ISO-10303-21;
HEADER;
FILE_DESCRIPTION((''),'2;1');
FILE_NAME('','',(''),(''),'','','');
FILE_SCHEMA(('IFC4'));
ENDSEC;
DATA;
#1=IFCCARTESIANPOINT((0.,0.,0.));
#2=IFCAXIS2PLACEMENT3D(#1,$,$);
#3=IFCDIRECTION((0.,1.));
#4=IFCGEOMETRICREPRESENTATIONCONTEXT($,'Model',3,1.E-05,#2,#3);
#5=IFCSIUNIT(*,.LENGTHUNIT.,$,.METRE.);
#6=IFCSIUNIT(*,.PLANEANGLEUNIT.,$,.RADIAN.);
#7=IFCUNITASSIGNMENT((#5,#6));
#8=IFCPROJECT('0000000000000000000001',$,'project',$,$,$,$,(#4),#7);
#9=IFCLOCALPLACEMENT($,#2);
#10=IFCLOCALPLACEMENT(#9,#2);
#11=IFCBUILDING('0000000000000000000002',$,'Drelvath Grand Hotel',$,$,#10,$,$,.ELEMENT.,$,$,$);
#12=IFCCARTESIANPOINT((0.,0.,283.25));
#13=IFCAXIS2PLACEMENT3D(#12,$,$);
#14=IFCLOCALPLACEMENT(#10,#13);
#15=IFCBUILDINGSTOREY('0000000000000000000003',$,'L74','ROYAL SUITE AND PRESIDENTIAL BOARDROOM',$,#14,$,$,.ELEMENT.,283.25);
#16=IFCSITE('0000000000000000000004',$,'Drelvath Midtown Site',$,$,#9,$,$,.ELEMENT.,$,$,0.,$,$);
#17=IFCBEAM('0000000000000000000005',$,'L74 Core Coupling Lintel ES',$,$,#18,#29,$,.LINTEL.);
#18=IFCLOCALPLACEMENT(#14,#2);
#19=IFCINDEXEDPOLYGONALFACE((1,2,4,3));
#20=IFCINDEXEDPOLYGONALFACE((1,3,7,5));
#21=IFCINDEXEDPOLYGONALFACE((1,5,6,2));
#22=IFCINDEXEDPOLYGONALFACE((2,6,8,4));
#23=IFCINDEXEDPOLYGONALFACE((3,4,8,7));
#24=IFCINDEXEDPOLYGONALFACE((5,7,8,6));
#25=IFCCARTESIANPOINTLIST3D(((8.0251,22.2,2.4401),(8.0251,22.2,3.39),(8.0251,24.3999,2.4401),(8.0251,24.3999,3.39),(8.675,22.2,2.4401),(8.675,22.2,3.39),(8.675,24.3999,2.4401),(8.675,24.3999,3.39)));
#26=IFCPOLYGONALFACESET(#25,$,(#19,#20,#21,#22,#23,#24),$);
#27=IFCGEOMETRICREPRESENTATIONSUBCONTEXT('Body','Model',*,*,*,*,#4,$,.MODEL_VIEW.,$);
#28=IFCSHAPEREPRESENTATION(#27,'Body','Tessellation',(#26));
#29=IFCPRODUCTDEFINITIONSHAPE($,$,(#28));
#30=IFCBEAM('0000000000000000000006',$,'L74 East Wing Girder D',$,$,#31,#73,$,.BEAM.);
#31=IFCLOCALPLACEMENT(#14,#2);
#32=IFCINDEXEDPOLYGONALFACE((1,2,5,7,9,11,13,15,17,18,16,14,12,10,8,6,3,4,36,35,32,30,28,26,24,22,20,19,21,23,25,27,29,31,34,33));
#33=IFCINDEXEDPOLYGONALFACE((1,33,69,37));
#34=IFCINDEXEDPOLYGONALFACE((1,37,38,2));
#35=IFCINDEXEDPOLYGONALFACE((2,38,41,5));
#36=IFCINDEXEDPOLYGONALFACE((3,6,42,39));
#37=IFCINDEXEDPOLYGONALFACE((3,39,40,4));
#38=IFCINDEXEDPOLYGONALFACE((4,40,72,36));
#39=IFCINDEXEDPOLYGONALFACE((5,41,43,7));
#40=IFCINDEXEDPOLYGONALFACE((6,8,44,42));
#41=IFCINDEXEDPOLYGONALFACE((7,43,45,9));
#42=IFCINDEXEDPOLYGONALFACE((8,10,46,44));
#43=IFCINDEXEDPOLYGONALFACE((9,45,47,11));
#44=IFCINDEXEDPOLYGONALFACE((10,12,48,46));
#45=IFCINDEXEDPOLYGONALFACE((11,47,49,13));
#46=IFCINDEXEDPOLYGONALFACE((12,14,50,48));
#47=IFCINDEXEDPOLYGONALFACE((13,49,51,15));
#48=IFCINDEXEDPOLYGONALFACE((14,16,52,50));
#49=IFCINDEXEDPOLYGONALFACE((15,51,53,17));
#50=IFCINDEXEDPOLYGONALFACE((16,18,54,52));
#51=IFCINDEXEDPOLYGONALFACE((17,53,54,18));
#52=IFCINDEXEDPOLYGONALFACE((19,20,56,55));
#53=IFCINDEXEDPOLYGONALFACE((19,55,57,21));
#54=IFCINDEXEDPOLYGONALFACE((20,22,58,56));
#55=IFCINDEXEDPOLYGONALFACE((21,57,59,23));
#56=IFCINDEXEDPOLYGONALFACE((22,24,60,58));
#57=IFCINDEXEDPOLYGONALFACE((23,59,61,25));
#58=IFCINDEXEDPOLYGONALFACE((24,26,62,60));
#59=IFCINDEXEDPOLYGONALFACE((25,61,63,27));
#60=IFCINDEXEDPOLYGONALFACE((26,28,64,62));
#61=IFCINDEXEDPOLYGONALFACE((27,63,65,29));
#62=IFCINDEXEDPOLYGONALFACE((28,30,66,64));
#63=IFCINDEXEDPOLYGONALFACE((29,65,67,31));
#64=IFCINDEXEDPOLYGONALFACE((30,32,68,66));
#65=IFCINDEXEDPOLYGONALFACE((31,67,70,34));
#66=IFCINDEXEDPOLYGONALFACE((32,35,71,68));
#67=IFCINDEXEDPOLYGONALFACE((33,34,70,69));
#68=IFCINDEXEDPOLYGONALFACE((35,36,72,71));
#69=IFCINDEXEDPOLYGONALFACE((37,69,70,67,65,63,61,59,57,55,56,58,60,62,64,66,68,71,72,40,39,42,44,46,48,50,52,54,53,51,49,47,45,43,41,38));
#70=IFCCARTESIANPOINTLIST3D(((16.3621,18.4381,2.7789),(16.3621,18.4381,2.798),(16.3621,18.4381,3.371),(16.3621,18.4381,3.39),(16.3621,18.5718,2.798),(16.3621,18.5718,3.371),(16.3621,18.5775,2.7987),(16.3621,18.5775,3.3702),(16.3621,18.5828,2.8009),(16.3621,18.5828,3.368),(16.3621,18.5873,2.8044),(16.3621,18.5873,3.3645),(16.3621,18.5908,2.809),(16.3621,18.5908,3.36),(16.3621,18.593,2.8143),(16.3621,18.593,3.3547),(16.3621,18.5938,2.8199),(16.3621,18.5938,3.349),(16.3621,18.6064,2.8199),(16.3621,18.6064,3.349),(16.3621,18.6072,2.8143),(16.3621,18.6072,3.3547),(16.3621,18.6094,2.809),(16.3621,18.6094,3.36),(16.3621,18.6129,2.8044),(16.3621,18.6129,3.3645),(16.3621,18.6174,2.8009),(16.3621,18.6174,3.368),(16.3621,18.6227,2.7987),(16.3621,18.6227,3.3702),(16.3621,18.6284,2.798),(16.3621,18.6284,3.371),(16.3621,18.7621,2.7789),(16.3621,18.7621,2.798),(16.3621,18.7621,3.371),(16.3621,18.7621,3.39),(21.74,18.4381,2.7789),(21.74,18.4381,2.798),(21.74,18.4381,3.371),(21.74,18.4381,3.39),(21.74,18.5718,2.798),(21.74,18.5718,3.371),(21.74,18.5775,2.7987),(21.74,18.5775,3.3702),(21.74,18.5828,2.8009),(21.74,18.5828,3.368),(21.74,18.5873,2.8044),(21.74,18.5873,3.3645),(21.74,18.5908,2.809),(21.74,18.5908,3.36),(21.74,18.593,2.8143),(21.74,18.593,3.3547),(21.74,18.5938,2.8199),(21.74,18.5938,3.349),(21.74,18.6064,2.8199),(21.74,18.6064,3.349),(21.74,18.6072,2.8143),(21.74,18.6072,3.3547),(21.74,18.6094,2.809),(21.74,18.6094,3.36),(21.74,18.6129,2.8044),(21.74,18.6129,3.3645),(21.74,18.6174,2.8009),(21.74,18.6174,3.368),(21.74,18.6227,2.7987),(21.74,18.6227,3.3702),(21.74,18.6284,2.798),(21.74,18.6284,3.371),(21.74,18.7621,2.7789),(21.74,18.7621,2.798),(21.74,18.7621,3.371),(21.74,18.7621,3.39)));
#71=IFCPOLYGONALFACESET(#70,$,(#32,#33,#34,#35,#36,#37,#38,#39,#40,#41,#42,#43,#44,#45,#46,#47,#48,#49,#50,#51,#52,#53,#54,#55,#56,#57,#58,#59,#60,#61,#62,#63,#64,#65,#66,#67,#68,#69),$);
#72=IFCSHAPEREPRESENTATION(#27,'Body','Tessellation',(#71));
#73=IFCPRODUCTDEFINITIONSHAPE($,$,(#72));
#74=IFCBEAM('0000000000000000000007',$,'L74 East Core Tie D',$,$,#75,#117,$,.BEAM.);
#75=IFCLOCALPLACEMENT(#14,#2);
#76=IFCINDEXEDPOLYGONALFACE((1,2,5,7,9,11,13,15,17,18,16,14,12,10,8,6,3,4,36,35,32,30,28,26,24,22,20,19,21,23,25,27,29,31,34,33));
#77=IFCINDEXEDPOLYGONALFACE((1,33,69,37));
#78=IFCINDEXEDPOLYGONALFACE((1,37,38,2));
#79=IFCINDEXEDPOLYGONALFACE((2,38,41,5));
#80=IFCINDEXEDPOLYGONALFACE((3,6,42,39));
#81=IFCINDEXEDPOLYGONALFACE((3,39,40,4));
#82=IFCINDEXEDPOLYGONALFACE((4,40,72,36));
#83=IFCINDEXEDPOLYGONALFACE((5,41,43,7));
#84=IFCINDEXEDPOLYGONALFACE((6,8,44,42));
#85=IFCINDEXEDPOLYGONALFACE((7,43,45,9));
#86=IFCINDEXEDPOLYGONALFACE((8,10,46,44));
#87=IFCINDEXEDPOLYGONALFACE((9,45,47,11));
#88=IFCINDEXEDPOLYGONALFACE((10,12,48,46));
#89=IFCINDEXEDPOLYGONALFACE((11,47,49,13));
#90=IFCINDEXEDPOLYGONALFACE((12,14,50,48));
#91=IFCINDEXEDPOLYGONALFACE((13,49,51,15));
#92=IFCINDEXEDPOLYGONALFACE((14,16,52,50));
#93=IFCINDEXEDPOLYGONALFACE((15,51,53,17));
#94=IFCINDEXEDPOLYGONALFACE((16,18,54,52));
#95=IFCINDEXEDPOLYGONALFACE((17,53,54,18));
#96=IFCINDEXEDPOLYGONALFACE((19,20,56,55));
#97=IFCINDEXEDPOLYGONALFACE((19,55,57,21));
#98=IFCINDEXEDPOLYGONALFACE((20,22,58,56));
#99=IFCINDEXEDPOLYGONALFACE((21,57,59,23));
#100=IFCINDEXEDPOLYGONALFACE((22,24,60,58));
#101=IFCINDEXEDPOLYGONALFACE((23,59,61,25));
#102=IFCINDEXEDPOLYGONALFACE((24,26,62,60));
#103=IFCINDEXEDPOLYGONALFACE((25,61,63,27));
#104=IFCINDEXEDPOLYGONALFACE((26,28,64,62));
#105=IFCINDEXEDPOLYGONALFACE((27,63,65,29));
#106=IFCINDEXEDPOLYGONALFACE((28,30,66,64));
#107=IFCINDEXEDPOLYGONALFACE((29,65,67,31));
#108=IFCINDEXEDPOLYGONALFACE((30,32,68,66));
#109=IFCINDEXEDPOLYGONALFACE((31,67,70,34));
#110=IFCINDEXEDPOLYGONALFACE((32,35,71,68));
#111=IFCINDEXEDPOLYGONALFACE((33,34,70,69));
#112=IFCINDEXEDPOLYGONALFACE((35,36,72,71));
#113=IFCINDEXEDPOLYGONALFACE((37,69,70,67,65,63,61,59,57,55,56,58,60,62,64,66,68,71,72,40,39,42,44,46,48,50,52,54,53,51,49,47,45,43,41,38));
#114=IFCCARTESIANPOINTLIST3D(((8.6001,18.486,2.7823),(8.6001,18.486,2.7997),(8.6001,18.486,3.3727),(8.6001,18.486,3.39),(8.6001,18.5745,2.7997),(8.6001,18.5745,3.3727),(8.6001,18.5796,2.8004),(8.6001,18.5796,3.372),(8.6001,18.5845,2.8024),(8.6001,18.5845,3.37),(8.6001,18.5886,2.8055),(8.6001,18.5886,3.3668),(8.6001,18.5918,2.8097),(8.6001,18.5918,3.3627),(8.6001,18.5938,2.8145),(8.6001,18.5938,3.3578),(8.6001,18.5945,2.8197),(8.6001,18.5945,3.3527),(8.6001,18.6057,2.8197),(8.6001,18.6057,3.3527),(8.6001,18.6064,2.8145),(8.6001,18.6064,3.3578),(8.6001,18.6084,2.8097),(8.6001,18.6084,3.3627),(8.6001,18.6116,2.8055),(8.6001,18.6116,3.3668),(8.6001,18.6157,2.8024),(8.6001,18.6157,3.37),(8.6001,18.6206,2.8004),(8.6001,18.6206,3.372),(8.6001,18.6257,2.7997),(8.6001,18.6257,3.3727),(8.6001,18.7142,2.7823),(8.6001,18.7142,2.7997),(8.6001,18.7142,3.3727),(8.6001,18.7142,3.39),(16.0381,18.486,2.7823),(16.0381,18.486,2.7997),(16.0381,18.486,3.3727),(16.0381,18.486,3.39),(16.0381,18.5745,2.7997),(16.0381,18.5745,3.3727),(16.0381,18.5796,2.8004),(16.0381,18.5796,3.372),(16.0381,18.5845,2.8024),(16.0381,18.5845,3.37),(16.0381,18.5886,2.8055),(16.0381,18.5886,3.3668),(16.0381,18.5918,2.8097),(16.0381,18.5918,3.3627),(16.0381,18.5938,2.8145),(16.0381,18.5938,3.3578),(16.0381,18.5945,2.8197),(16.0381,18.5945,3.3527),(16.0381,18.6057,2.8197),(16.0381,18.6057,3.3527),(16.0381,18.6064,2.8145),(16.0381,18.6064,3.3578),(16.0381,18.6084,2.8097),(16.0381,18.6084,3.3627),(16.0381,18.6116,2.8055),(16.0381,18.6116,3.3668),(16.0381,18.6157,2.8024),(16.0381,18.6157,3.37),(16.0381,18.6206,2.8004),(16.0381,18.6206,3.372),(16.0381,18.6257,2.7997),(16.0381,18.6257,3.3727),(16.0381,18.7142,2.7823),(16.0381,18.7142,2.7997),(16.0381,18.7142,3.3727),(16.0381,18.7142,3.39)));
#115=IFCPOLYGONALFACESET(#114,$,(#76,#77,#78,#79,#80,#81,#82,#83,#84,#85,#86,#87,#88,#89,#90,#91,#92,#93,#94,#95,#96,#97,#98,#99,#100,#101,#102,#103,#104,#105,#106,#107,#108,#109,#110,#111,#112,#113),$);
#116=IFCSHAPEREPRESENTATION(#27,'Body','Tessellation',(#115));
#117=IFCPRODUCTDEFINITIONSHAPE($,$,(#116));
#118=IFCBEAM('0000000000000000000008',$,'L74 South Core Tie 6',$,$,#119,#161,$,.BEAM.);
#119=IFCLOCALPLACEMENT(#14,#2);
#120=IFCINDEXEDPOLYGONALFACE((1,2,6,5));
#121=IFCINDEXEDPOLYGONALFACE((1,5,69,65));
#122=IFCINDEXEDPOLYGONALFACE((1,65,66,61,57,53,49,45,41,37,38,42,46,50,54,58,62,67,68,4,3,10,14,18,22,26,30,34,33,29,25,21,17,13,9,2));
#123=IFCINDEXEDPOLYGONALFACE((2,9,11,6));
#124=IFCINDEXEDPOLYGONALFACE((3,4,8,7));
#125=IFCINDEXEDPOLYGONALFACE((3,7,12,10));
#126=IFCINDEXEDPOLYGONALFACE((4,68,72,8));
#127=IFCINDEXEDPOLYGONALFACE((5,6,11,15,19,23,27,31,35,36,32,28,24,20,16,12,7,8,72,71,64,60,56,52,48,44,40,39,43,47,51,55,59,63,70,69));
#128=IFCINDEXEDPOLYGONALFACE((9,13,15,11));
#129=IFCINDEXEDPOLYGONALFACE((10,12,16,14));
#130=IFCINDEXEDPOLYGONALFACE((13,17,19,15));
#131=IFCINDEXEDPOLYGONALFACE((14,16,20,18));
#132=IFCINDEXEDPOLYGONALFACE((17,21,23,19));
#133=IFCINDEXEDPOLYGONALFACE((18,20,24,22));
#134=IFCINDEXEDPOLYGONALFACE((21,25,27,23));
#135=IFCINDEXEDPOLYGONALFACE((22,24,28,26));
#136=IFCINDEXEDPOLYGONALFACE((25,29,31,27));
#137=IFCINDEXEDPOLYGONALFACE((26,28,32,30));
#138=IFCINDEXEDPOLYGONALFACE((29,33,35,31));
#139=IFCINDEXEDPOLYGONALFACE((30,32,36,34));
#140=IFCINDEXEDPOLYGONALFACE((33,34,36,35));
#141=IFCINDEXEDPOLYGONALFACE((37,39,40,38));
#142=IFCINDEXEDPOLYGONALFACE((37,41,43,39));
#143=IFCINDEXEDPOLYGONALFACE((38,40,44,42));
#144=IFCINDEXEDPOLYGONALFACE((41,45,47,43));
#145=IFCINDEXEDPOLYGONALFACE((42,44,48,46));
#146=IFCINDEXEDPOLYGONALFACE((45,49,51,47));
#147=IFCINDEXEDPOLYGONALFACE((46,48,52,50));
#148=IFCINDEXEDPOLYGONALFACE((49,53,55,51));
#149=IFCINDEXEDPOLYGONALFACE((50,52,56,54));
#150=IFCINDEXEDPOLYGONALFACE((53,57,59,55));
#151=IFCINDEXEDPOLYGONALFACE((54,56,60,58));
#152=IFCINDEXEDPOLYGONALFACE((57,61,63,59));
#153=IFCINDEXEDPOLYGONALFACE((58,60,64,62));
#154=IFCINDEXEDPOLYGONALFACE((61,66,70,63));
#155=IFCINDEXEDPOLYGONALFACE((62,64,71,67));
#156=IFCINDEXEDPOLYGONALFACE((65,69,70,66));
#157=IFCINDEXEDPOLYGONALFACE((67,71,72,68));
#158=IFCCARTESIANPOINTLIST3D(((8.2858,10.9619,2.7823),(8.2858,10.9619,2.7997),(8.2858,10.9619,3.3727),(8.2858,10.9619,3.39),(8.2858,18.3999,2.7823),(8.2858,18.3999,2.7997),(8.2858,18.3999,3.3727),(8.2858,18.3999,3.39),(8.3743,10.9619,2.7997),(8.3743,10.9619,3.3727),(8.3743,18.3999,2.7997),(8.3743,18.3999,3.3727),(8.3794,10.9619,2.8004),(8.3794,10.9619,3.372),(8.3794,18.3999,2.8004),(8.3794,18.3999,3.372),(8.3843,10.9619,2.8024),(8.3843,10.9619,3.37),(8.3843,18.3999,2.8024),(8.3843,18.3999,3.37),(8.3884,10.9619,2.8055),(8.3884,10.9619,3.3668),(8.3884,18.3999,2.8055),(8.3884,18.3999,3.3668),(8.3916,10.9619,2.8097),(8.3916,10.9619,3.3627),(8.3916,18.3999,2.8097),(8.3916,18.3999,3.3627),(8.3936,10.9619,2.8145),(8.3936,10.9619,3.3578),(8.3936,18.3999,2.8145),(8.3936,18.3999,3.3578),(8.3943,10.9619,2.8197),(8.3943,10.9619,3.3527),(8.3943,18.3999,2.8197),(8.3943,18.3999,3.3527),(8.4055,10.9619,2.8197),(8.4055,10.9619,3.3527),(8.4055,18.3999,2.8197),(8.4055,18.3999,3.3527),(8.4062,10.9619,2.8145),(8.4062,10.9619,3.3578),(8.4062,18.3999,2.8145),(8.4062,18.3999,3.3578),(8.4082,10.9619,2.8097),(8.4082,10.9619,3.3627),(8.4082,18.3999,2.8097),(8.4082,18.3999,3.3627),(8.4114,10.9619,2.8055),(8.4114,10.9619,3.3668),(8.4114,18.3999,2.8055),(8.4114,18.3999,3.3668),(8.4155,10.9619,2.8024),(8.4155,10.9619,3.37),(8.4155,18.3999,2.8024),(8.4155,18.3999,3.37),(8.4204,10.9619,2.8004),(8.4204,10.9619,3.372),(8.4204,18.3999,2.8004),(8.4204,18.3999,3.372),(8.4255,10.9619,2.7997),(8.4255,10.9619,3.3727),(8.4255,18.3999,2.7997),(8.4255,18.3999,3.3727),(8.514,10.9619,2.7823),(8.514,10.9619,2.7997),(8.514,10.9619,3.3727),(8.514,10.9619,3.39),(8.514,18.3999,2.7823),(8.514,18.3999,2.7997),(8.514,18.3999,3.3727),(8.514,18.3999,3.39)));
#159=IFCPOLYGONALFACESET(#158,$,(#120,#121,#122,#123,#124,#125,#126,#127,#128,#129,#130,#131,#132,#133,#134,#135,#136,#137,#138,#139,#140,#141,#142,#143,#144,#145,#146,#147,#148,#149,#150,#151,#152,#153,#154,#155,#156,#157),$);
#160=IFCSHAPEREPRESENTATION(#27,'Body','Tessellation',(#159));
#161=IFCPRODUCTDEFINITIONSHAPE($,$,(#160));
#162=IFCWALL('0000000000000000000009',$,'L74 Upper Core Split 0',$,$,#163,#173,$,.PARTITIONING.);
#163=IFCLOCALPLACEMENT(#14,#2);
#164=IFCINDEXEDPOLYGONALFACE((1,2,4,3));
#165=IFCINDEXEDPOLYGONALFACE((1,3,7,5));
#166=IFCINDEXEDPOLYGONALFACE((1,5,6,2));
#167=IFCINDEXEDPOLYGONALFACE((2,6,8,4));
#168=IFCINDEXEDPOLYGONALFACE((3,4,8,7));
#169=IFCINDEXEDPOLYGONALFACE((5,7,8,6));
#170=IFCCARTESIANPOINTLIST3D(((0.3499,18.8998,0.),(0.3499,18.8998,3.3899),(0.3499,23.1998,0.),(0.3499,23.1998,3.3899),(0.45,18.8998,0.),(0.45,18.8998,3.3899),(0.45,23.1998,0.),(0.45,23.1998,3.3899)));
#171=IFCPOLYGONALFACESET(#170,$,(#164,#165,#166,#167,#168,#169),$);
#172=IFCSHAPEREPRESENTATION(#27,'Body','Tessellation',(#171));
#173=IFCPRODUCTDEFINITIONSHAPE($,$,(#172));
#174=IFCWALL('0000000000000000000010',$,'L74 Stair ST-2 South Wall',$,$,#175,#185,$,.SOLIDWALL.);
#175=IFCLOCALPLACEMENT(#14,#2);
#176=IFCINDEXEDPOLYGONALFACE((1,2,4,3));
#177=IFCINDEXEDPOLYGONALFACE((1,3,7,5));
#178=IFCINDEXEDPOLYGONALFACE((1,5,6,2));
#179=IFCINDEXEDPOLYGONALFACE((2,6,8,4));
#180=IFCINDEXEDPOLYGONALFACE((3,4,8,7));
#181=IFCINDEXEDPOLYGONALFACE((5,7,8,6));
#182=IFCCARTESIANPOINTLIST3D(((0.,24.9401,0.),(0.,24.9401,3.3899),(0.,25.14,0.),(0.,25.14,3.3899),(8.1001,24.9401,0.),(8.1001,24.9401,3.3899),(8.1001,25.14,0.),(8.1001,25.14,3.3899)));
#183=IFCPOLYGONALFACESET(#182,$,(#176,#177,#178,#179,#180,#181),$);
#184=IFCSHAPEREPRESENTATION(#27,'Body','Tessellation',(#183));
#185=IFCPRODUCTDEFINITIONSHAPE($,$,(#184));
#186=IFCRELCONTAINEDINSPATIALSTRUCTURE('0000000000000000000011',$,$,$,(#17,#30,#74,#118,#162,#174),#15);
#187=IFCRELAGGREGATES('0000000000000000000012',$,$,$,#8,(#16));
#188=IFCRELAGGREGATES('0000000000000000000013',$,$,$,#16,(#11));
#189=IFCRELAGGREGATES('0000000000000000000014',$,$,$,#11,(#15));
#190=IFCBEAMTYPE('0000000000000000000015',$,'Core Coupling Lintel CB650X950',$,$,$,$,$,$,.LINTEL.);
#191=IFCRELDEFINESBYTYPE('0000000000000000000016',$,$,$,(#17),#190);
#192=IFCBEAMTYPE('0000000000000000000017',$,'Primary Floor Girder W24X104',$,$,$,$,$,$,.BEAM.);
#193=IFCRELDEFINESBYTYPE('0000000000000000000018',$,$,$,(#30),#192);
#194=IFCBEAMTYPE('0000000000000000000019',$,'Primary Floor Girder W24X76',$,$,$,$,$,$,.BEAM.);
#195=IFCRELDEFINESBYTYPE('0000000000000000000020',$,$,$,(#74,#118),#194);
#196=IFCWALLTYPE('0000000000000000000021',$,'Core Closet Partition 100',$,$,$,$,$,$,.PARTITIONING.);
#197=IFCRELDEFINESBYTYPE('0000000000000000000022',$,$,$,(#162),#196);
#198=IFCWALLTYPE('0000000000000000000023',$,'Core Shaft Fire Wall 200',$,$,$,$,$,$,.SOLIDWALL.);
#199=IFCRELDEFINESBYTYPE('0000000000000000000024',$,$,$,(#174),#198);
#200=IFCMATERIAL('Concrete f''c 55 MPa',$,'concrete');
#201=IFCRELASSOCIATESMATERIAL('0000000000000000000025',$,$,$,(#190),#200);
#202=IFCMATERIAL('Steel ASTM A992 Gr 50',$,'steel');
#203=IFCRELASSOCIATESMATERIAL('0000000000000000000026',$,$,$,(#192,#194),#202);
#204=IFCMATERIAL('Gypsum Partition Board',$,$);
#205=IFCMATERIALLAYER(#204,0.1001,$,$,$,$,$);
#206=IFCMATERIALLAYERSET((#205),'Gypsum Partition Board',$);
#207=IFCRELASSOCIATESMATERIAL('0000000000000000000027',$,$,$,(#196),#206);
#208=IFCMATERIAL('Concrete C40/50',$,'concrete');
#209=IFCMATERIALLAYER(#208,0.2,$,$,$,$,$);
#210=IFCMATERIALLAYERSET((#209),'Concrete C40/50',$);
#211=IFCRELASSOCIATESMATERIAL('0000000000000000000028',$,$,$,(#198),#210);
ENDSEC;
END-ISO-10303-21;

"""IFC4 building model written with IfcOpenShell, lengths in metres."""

from ifc_helpers import new_model, si_unit, direction, frame, frame_2d, origin, origin_2d, place, context, subcontext, project, spatial, rectangle, i_section, extrude, material, layer, layer_set, material_profile, profile_set, type_object, element, save


model = new_model("IFC4")

# Units and contexts
model_context = context("Model", 3, precision=1e-05, world=origin(), true_north=direction((0.0, 1.0)))
body_context = subcontext(model_context, "Body", "Model", "MODEL_VIEW")
ifc_project = project(units=[si_unit("LENGTHUNIT", "METRE"), si_unit("PLANEANGLEUNIT", "RADIAN")], contexts=[model_context])

# Site, building, storey
site_placement = place(None, origin())
site = spatial("IfcSite", under=ifc_project, at=site_placement, Name="Drelvath Midtown Site", CompositionType="ELEMENT", RefElevation=0.0)
building_placement = place(site_placement, origin())
building = spatial("IfcBuilding", under=site, at=building_placement, Name="Drelvath Grand Hotel", CompositionType="ELEMENT")
storey_placement = place(building_placement, frame((0.0, 0.0, 283.25)))
storey = spatial("IfcBuildingStorey", under=building, at=storey_placement, Name="L74", Description="ROYAL SUITE AND PRESIDENTIAL BOARDROOM", CompositionType="ELEMENT", Elevation=283.25)

# Beams
ifc_material_1 = material(Name="Concrete f'c 55 MPa", Category="concrete")
ifc_material_profile_1 = material_profile(ifc_material_1, rectangle(XDim=0.6499, YDim=0.95, at=origin_2d()), Name="CB650X950")
ifc_profile_set_1 = profile_set([ifc_material_profile_1], Name="Concrete f'c 55 MPa")
beam_type_1 = type_object("IfcBeamType", Name="Core Coupling Lintel CB650X950", PredefinedType="LINTEL", material=ifc_profile_set_1)
beam_1_placement = place(storey_placement, frame((8.3501, 22.2, 2.915), z_axis=(0.0, 1.0, 0.0), x_axis=(-1.0, 0.0, 0.0)))
element("IfcBeam", 1, at=beam_1_placement, inside=storey, type_object=beam_type_1, Name="L74 Core Coupling Lintel ES", PredefinedType="LINTEL", context=body_context, shape_type="SweptSolid", body=[
    extrude(rectangle(XDim=0.6499, YDim=0.95, at=origin_2d()), origin(), (0.0, 0.0, 1.0), 2.2),
])
ifc_material_2 = material(Name="Steel ASTM A992 Gr 50", Category="steel")
ifc_material_profile_2 = material_profile(ifc_material_2, i_section(OverallWidth=0.324, OverallDepth=0.6111, WebThickness=0.0127, FlangeThickness=0.019, FilletRadius=0.022, at=origin_2d()), Name="W24X104")
ifc_profile_set_2 = profile_set([ifc_material_profile_2], Name="Steel ASTM A992 Gr 50")
beam_type_2 = type_object("IfcBeamType", Name="Primary Floor Girder W24X104", PredefinedType="BEAM", material=ifc_profile_set_2)
beam_2_placement = place(storey_placement, frame((16.3621, 18.6001, 3.0845), z_axis=(1.0, 0.0, 0.0), x_axis=(0.0, 1.0, 0.0)))
element("IfcBeam", 2, at=beam_2_placement, inside=storey, type_object=beam_type_2, Name="L74 East Wing Girder D", PredefinedType="BEAM", context=body_context, shape_type="SweptSolid", body=[
    extrude(i_section(OverallWidth=0.324, OverallDepth=0.6111, WebThickness=0.0127, FlangeThickness=0.019, FilletRadius=0.022, at=origin_2d()), origin(), (0.0, 0.0, 1.0), 5.3779),
])
ifc_material_profile_3 = material_profile(ifc_material_2, i_section(OverallWidth=0.2283, OverallDepth=0.6077, WebThickness=0.0112, FlangeThickness=0.0173, FilletRadius=0.02, at=origin_2d()), Name="W24X76")
ifc_profile_set_3 = profile_set([ifc_material_profile_3], Name="Steel ASTM A992 Gr 50")
beam_type_3 = type_object("IfcBeamType", Name="Primary Floor Girder W24X76", PredefinedType="BEAM", material=ifc_profile_set_3)
for number, where, z_axis, x_axis, name in (
    (3, (8.6001, 18.6001, 3.0862), (1.0, 0.0, 0.0), (0.0, 1.0, 0.0), "L74 East Core Tie D"),
    (4, (8.3999, 10.9619, 3.0862), (0.0, 1.0, 0.0), (-1.0, 0.0, 0.0), "L74 South Core Tie 6"),
):
    element("IfcBeam", number, at=place(storey_placement, frame(where, z_axis=z_axis, x_axis=x_axis)), inside=storey, type_object=beam_type_3, Name=name, PredefinedType="BEAM", context=body_context, shape_type="SweptSolid", body=[
        extrude(i_section(OverallWidth=0.2283, OverallDepth=0.6077, WebThickness=0.0112, FlangeThickness=0.0173, FilletRadius=0.02, at=origin_2d()), origin(), (0.0, 0.0, 1.0), 7.438),
    ])

# Walls
ifc_material_3 = material(Name="Gypsum Partition Board")
ifc_layer_1 = layer(ifc_material_3, 0.1001)
ifc_layer_set_1 = layer_set([ifc_layer_1], Name="Gypsum Partition Board")
wall_type_1 = type_object("IfcWallType", Name="Core Closet Partition 100", PredefinedType="PARTITIONING", material=ifc_layer_set_1)
wall_1_placement = place(storey_placement, frame((0.3999, 18.8999, 0.0), z_axis=(0.0, 0.0, 1.0), x_axis=(0.0, 1.0, 0.0)))
element("IfcWall", 5, at=wall_1_placement, inside=storey, type_object=wall_type_1, Name="L74 Upper Core Split 0", PredefinedType="PARTITIONING", context=body_context, shape_type="SweptSolid", body=[
    extrude(rectangle(XDim=4.3, YDim=0.1001, at=frame_2d((2.1499, 0.0))), origin(), (0.0, 0.0, 1.0), 3.3899),
])
ifc_material_4 = material(Name="Concrete C40/50", Category="concrete")
ifc_layer_2 = layer(ifc_material_4, 0.2)
ifc_layer_set_2 = layer_set([ifc_layer_2], Name="Concrete C40/50")
wall_type_2 = type_object("IfcWallType", Name="Core Shaft Fire Wall 200", PredefinedType="SOLIDWALL", material=ifc_layer_set_2)
wall_2_placement = place(storey_placement, frame((0.0, 25.04, 0.0), z_axis=(0.0, 0.0, 1.0), x_axis=(1.0, 0.0, 0.0)))
element("IfcWall", 6, at=wall_2_placement, inside=storey, type_object=wall_type_2, Name="L74 Stair ST-2 South Wall", PredefinedType="SOLIDWALL", context=body_context, shape_type="SweptSolid", body=[
    extrude(rectangle(XDim=8.1001, YDim=0.2, at=frame_2d((4.05, 0.0))), origin(), (0.0, 0.0, 1.0), 3.3899),
])

save(model, "model.ifc")
